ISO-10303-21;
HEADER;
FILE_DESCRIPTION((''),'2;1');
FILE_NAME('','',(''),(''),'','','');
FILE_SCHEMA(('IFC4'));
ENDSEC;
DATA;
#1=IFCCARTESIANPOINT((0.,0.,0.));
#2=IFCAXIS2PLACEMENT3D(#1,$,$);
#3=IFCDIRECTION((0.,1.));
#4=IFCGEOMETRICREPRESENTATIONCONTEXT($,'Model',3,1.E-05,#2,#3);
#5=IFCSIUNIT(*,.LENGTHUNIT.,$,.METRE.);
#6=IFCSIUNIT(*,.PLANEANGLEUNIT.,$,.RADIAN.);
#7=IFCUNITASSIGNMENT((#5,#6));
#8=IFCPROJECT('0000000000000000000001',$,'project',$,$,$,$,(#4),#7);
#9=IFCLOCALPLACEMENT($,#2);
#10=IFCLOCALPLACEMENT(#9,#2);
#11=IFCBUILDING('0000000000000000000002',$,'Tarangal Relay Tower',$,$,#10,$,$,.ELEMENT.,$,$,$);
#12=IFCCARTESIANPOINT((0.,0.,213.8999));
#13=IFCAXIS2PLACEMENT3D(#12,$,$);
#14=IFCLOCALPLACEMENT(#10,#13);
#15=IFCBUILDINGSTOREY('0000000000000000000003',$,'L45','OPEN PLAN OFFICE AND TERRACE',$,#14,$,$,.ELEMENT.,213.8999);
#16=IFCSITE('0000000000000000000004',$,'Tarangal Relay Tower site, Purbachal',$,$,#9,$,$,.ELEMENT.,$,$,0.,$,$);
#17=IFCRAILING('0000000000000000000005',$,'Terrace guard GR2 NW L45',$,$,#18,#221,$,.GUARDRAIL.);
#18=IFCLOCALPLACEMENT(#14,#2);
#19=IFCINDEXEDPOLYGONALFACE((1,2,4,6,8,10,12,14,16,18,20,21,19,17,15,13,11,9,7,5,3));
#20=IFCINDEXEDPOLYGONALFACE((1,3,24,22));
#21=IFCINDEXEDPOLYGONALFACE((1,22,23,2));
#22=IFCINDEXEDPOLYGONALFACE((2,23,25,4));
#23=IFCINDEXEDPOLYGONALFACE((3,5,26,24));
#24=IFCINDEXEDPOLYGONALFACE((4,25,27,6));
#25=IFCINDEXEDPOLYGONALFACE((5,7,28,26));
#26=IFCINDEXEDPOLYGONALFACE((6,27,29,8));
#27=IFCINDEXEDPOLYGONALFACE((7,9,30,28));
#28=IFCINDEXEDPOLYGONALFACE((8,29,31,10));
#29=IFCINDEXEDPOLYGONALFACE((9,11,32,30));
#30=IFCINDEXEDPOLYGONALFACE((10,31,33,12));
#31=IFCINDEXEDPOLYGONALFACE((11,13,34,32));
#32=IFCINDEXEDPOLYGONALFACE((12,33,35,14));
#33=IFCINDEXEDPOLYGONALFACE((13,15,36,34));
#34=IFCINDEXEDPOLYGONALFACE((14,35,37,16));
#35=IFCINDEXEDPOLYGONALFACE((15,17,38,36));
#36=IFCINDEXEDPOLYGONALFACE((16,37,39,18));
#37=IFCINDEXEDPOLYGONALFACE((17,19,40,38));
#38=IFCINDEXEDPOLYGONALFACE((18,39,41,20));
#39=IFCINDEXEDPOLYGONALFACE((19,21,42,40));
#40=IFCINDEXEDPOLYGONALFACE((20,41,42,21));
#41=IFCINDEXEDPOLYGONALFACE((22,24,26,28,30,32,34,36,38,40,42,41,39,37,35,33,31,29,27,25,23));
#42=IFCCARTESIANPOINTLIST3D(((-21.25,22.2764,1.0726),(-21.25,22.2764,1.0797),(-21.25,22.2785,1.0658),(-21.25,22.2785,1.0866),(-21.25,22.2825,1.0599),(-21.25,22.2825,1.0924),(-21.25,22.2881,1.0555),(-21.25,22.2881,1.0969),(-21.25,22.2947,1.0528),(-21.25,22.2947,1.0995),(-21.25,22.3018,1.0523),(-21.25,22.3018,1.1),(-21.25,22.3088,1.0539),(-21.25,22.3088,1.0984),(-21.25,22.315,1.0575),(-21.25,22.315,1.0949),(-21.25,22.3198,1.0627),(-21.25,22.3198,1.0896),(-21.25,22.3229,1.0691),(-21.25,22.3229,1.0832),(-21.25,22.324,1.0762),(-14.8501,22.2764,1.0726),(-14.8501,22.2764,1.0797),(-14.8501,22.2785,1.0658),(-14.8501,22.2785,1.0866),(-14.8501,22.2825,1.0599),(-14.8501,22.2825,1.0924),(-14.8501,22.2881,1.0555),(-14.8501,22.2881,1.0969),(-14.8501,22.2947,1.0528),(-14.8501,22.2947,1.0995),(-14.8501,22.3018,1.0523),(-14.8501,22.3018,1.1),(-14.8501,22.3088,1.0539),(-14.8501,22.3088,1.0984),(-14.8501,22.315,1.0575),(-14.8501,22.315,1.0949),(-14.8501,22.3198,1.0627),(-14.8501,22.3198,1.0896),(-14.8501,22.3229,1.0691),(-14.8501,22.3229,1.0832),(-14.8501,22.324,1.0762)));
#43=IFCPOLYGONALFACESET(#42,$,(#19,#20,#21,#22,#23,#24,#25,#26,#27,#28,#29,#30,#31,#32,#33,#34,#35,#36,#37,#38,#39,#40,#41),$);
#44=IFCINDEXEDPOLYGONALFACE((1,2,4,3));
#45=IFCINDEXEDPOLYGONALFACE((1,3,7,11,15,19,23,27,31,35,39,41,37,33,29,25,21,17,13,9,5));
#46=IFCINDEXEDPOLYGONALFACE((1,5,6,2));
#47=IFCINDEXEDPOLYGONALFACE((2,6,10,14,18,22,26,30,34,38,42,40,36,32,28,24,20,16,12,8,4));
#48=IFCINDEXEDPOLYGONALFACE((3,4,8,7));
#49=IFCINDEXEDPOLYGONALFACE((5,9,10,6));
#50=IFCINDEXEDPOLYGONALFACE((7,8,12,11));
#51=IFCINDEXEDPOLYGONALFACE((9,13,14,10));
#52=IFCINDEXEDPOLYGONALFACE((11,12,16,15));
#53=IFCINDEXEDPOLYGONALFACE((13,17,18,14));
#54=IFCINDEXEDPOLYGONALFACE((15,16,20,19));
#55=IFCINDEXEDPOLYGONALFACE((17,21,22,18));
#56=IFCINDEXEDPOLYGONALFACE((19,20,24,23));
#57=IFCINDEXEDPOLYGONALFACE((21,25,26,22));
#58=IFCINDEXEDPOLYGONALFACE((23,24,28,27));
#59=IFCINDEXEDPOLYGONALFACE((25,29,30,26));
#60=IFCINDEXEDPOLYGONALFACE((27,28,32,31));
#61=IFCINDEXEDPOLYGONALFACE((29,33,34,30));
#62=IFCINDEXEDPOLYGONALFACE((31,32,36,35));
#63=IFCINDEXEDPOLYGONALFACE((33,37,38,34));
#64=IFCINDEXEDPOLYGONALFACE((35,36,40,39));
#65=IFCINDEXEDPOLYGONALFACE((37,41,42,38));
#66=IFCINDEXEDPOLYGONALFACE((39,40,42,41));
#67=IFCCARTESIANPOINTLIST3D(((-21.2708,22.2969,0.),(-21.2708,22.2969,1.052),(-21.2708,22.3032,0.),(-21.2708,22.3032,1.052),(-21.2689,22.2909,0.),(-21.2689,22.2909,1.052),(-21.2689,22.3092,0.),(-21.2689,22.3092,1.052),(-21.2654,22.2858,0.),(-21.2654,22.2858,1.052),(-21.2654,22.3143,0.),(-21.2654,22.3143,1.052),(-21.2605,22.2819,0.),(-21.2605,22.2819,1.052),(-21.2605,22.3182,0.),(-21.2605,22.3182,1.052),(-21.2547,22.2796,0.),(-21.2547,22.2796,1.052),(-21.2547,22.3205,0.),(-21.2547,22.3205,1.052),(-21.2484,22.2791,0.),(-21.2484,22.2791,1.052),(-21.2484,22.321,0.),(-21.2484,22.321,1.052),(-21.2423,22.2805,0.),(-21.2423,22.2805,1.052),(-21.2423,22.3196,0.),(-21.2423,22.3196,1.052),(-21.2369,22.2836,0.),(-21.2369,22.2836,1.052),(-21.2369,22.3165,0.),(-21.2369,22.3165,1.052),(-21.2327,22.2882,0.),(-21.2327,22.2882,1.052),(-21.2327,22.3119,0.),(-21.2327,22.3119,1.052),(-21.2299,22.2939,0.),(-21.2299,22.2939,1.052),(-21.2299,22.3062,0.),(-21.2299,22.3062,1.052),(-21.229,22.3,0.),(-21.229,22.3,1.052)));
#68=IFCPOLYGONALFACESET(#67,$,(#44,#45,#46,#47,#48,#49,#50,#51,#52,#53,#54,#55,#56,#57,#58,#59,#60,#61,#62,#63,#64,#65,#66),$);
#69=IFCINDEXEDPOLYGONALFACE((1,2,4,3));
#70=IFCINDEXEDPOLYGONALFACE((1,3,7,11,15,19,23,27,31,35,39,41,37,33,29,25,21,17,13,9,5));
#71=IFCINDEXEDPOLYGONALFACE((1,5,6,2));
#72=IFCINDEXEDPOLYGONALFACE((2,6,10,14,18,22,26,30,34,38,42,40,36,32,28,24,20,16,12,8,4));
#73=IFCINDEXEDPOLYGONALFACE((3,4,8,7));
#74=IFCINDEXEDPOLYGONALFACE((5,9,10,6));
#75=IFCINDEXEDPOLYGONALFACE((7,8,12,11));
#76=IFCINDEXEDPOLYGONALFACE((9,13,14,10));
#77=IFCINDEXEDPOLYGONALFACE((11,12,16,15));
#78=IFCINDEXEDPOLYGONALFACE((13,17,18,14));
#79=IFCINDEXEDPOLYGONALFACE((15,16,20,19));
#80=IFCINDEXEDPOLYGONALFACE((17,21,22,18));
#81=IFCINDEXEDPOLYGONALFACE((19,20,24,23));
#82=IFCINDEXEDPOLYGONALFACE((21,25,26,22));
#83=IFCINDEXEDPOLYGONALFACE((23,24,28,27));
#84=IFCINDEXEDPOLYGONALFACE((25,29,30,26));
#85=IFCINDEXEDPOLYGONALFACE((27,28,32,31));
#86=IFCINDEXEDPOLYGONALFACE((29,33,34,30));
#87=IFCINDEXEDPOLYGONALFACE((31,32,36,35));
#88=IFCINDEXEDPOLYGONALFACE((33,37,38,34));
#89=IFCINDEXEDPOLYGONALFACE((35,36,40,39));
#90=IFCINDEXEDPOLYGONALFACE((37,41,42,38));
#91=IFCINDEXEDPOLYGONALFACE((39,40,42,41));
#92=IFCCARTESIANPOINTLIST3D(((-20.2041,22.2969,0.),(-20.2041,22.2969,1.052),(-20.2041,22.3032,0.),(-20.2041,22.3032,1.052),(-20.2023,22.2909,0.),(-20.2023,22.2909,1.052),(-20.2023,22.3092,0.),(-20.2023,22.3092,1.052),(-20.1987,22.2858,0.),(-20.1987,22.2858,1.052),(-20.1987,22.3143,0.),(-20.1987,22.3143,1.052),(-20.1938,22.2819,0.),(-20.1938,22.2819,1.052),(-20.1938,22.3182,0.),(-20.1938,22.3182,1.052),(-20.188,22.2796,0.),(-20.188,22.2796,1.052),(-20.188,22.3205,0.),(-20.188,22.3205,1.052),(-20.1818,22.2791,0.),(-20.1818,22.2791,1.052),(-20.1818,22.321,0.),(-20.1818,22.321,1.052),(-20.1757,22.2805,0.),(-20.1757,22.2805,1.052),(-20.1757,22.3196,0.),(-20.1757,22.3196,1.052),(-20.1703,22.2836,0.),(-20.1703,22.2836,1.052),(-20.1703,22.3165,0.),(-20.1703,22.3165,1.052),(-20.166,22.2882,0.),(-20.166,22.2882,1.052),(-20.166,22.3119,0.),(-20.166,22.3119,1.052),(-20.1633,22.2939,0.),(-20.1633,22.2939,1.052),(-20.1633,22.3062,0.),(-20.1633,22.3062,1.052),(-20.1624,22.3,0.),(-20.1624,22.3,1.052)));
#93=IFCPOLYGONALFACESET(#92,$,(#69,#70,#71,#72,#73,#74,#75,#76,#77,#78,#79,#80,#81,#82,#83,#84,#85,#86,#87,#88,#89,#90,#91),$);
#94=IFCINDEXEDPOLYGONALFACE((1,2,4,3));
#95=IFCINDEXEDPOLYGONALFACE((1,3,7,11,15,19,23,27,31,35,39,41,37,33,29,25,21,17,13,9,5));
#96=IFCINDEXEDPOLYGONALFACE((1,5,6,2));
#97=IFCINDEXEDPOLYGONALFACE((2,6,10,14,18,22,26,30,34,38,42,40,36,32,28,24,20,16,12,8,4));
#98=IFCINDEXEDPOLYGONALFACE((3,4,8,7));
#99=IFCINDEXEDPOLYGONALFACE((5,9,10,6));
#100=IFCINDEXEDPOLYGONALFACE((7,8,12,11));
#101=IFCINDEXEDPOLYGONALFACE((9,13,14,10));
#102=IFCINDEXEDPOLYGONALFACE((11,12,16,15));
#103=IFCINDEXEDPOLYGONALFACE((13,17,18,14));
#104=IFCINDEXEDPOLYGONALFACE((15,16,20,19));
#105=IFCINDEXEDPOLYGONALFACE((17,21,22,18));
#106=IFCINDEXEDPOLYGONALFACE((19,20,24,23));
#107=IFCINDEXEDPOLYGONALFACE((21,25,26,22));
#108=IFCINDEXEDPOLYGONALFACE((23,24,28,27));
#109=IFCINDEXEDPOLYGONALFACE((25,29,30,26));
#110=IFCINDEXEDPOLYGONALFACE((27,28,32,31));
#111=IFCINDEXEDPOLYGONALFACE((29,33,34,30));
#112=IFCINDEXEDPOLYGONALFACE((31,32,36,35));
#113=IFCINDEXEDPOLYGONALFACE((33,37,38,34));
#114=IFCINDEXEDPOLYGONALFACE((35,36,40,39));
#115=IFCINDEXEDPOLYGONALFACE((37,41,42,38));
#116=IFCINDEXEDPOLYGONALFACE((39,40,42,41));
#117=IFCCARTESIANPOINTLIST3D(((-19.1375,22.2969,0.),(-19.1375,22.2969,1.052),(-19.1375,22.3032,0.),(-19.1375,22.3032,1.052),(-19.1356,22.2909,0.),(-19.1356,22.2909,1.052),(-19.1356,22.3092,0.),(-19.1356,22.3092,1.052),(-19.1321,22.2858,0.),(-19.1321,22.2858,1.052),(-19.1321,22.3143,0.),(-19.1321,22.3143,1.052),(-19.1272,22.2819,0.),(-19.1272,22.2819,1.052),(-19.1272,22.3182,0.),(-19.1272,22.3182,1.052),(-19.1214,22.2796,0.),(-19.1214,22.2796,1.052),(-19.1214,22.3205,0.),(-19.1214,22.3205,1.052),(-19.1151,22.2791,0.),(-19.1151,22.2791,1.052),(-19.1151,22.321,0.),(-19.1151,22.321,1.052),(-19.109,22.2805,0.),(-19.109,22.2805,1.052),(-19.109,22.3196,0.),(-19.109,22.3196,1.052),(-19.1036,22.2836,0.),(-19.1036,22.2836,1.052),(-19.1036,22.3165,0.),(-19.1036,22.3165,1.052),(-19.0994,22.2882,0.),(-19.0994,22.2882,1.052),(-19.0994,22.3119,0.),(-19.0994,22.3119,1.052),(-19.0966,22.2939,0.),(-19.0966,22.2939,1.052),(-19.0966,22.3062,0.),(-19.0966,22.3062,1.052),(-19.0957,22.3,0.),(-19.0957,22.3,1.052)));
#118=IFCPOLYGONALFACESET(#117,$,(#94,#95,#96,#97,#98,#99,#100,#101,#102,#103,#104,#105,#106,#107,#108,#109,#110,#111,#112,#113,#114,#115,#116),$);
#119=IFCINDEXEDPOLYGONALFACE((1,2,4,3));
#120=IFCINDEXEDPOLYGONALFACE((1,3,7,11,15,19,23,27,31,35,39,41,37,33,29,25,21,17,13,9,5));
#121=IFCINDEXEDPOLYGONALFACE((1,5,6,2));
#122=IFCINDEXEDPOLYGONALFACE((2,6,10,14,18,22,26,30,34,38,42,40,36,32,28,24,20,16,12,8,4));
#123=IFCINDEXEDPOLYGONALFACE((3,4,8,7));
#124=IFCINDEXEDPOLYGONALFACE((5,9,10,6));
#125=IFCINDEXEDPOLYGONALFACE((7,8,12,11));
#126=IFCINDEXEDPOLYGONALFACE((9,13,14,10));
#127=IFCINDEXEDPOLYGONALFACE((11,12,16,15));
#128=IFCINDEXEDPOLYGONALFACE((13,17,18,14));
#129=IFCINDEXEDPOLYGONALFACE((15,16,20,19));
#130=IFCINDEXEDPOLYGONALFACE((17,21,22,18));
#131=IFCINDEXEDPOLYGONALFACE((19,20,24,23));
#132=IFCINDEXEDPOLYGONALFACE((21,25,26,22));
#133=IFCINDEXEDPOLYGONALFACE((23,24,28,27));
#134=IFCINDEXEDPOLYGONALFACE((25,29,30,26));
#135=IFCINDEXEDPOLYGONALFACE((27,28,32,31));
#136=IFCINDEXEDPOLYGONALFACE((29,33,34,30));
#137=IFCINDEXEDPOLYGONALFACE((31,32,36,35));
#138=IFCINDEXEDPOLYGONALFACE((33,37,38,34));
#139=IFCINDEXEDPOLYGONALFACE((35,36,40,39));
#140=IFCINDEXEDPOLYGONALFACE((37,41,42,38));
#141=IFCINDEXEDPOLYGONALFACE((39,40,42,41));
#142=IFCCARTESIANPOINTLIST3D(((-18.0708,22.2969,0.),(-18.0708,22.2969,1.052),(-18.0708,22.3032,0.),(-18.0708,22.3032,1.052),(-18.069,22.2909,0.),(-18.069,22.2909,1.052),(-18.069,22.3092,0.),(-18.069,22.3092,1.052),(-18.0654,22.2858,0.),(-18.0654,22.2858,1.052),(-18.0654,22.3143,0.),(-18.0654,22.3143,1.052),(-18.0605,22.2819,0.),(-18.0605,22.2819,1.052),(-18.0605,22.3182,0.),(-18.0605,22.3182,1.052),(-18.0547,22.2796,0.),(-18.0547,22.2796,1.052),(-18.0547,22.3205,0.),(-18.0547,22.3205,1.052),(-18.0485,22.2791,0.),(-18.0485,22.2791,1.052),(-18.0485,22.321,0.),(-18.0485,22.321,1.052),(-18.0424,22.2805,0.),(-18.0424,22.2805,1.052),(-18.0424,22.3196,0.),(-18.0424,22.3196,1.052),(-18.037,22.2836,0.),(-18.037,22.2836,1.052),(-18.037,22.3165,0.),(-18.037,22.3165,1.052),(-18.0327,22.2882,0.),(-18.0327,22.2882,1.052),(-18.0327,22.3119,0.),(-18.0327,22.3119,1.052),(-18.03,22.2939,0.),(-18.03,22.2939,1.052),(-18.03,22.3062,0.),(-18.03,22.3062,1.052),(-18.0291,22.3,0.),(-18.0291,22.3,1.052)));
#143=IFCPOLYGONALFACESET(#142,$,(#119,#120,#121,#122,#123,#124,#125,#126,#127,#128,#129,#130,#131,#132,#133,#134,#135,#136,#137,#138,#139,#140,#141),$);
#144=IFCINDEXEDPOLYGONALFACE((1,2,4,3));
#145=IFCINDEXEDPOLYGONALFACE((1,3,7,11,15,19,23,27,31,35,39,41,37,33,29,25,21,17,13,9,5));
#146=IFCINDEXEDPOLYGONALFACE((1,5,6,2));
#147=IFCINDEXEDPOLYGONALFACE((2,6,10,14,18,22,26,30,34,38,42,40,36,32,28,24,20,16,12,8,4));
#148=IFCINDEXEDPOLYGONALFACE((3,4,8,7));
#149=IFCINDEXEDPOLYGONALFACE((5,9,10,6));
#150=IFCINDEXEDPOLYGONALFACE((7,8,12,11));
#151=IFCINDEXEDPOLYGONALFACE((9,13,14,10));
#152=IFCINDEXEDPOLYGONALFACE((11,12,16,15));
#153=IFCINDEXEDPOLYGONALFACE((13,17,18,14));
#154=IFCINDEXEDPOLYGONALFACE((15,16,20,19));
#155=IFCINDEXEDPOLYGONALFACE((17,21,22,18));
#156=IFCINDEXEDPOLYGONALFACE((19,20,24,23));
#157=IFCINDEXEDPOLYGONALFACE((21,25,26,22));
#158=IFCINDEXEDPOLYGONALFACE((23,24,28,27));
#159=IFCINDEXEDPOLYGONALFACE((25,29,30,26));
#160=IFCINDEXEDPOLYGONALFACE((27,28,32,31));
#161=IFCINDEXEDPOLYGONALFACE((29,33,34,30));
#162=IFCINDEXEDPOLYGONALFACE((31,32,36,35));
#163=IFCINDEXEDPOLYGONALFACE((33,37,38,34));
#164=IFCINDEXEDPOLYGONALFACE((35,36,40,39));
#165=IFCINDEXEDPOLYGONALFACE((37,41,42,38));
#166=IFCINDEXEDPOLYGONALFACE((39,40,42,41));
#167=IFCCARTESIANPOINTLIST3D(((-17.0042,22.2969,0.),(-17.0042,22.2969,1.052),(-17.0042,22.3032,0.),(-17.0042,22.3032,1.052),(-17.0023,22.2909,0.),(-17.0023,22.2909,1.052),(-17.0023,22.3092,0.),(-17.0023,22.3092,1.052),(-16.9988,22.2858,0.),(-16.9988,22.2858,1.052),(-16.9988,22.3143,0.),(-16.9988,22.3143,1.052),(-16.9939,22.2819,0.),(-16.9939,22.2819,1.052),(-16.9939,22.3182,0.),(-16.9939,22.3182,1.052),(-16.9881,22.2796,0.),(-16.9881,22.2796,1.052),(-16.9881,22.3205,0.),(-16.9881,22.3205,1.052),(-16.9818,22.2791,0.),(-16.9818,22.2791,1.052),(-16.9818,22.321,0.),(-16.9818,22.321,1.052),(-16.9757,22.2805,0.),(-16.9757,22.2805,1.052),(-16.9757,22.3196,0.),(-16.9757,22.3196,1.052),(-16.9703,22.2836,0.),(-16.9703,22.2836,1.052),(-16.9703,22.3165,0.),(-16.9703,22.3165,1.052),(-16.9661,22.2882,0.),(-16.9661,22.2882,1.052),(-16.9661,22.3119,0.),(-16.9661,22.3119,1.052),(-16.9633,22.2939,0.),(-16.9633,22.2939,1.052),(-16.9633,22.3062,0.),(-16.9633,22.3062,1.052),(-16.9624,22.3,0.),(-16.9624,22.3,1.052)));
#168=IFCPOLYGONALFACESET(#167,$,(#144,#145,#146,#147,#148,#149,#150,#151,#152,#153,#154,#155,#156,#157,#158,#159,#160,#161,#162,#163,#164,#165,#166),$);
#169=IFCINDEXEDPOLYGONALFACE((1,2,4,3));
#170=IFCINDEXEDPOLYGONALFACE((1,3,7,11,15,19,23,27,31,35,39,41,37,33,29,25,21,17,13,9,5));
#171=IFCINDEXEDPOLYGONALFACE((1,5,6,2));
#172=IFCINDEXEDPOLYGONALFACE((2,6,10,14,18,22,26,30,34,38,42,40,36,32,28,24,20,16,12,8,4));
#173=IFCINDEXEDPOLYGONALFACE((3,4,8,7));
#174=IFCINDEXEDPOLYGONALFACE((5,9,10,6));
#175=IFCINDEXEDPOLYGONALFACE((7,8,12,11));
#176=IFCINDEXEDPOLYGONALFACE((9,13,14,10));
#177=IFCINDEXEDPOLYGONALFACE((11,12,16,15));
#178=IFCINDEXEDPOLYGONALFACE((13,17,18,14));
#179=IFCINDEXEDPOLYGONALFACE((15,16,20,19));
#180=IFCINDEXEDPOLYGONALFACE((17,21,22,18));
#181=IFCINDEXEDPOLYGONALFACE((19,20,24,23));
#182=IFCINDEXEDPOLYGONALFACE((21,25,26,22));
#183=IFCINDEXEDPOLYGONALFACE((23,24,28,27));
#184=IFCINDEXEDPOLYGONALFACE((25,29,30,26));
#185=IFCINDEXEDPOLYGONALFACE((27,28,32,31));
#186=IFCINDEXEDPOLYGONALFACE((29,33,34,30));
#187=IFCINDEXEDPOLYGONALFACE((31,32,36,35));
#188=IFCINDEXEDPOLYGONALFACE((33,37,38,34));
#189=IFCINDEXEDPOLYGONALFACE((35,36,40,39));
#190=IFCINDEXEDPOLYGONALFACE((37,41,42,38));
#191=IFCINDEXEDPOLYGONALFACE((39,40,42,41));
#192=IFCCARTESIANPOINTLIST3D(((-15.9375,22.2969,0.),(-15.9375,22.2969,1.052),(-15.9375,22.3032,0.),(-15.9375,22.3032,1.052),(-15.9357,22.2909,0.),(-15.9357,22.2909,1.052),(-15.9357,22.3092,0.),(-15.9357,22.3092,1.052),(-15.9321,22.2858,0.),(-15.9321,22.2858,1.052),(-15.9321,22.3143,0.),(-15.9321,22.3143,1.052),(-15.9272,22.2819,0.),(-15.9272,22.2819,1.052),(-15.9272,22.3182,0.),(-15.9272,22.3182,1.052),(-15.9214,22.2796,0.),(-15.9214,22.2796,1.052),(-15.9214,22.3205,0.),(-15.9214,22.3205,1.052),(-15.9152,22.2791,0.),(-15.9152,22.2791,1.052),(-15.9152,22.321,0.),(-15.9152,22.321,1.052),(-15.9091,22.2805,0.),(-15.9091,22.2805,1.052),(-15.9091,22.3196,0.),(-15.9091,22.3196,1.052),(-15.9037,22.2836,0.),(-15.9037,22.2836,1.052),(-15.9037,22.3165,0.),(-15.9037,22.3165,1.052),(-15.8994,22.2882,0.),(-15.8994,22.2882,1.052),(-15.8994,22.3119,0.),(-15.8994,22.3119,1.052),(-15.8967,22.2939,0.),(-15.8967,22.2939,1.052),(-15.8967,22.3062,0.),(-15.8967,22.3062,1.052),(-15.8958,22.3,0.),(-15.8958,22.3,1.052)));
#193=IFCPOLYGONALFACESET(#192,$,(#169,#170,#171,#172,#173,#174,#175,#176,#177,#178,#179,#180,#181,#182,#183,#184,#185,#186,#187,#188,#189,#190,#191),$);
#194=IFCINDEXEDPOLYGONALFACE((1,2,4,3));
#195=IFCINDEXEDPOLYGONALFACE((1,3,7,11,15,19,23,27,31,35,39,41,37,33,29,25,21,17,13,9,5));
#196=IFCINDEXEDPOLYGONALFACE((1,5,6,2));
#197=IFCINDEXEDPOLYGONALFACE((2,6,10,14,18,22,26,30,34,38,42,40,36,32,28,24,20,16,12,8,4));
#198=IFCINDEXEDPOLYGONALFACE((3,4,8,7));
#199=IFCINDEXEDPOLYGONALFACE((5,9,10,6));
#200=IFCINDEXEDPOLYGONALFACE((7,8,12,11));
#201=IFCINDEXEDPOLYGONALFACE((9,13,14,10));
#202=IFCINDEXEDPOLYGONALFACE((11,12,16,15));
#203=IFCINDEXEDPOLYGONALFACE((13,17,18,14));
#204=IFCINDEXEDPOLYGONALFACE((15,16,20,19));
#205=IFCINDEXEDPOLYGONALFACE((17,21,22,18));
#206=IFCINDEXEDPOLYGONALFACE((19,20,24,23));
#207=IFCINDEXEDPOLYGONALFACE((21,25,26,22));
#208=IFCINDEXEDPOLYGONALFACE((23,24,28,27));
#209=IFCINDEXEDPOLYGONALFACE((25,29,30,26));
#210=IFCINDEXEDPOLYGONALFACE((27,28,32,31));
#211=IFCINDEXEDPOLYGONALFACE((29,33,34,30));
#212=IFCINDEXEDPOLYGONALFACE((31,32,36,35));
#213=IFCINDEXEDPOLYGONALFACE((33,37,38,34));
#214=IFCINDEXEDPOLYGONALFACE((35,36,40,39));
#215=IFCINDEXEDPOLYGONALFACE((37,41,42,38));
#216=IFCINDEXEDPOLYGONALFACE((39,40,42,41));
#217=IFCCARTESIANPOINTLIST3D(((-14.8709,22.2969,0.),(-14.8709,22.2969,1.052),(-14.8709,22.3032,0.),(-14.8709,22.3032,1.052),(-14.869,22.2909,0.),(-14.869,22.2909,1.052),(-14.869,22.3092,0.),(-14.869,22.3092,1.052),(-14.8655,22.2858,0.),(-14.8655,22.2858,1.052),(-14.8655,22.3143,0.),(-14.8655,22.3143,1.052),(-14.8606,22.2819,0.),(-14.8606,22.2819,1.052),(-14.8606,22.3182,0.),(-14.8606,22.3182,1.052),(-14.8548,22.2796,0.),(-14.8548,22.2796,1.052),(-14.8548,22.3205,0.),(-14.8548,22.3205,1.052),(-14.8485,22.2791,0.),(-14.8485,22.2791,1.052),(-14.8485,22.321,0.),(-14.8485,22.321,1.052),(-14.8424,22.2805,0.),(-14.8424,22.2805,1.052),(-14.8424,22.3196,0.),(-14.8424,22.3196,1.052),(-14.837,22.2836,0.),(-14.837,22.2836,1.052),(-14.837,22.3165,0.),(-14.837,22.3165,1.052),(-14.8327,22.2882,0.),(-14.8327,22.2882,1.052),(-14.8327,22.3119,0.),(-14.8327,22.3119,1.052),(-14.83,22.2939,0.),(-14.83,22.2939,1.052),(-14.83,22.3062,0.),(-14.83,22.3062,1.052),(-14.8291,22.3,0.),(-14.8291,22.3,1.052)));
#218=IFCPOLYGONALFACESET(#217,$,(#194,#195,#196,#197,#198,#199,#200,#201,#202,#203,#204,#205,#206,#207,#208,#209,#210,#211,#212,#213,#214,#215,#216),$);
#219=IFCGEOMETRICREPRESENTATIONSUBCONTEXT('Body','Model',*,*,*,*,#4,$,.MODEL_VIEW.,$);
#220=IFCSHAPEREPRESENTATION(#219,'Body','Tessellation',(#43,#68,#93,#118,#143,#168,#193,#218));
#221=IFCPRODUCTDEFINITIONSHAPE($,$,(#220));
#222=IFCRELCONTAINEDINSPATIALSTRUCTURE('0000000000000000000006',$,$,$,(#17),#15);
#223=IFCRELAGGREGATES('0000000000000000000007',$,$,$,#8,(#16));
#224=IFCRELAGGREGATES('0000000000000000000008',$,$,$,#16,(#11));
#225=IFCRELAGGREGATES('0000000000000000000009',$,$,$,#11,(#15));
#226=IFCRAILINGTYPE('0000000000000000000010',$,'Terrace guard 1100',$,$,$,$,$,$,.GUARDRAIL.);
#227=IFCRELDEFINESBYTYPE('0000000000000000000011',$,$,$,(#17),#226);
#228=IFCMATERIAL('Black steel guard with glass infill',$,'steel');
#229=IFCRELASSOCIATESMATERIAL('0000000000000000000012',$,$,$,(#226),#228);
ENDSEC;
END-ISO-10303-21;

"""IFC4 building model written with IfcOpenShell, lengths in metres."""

from ifc_helpers import new_model, si_unit, direction, frame, origin, origin_2d, place, context, subcontext, project, spatial, circle, extrude, material, type_object, element, save


model = new_model("IFC4")

# Units and contexts
model_context = context("Model", 3, precision=1e-05, world=origin(), true_north=direction((0.0, 1.0)))
body_context = subcontext(model_context, "Body", "Model", "MODEL_VIEW")
ifc_project = project(units=[si_unit("LENGTHUNIT", "METRE"), si_unit("PLANEANGLEUNIT", "RADIAN")], contexts=[model_context])

# Site, building, storey
site_placement = place(None, origin())
site = spatial("IfcSite", under=ifc_project, at=site_placement, Name="Tarangal Relay Tower site, Purbachal", CompositionType="ELEMENT", RefElevation=0.0)
building_placement = place(site_placement, origin())
building = spatial("IfcBuilding", under=site, at=building_placement, Name="Tarangal Relay Tower", CompositionType="ELEMENT")
storey_placement = place(building_placement, frame((0.0, 0.0, 213.8999)))
storey = spatial("IfcBuildingStorey", under=building, at=storey_placement, Name="L45", Description="OPEN PLAN OFFICE AND TERRACE", CompositionType="ELEMENT", Elevation=213.8999)

# Railing
ifc_material_1 = material(Name="Black steel guard with glass infill", Category="steel")
railing_type = type_object("IfcRailingType", Name="Terrace guard 1100", PredefinedType="GUARDRAIL", material=ifc_material_1)
railing_1_placement = place(storey_placement, frame((-21.25, 22.3, 0.0)))
element("IfcRailing", 1, at=railing_1_placement, inside=storey, type_object=railing_type, Name="Terrace guard GR2 NW L45", PredefinedType="GUARDRAIL", context=body_context, shape_type="SweptSolid", body=[
    extrude(circle(Radius=0.0239, at=origin_2d()), frame((0.0, 0.0, 1.0762), z_axis=(1.0, 0.0, 0.0), x_axis=(0.0, 1.0, 0.0)), (0.0, 0.0, 1.0), 6.3999),
    extrude(circle(Radius=0.021, at=origin_2d()), origin(), (0.0, 0.0, 1.0), 1.052),
    extrude(circle(Radius=0.021, at=origin_2d()), frame((1.0667, 0.0, 0.0)), (0.0, 0.0, 1.0), 1.052),
    extrude(circle(Radius=0.021, at=origin_2d()), frame((2.1333, 0.0, 0.0)), (0.0, 0.0, 1.0), 1.052),
    extrude(circle(Radius=0.021, at=origin_2d()), frame((3.2, 0.0, 0.0)), (0.0, 0.0, 1.0), 1.052),
    extrude(circle(Radius=0.021, at=origin_2d()), frame((4.2666, 0.0, 0.0)), (0.0, 0.0, 1.0), 1.052),
    extrude(circle(Radius=0.021, at=origin_2d()), frame((5.3333, 0.0, 0.0)), (0.0, 0.0, 1.0), 1.052),
    extrude(circle(Radius=0.021, at=origin_2d()), frame((6.3999, 0.0, 0.0)), (0.0, 0.0, 1.0), 1.052),
])

save(model, "model.ifc")
